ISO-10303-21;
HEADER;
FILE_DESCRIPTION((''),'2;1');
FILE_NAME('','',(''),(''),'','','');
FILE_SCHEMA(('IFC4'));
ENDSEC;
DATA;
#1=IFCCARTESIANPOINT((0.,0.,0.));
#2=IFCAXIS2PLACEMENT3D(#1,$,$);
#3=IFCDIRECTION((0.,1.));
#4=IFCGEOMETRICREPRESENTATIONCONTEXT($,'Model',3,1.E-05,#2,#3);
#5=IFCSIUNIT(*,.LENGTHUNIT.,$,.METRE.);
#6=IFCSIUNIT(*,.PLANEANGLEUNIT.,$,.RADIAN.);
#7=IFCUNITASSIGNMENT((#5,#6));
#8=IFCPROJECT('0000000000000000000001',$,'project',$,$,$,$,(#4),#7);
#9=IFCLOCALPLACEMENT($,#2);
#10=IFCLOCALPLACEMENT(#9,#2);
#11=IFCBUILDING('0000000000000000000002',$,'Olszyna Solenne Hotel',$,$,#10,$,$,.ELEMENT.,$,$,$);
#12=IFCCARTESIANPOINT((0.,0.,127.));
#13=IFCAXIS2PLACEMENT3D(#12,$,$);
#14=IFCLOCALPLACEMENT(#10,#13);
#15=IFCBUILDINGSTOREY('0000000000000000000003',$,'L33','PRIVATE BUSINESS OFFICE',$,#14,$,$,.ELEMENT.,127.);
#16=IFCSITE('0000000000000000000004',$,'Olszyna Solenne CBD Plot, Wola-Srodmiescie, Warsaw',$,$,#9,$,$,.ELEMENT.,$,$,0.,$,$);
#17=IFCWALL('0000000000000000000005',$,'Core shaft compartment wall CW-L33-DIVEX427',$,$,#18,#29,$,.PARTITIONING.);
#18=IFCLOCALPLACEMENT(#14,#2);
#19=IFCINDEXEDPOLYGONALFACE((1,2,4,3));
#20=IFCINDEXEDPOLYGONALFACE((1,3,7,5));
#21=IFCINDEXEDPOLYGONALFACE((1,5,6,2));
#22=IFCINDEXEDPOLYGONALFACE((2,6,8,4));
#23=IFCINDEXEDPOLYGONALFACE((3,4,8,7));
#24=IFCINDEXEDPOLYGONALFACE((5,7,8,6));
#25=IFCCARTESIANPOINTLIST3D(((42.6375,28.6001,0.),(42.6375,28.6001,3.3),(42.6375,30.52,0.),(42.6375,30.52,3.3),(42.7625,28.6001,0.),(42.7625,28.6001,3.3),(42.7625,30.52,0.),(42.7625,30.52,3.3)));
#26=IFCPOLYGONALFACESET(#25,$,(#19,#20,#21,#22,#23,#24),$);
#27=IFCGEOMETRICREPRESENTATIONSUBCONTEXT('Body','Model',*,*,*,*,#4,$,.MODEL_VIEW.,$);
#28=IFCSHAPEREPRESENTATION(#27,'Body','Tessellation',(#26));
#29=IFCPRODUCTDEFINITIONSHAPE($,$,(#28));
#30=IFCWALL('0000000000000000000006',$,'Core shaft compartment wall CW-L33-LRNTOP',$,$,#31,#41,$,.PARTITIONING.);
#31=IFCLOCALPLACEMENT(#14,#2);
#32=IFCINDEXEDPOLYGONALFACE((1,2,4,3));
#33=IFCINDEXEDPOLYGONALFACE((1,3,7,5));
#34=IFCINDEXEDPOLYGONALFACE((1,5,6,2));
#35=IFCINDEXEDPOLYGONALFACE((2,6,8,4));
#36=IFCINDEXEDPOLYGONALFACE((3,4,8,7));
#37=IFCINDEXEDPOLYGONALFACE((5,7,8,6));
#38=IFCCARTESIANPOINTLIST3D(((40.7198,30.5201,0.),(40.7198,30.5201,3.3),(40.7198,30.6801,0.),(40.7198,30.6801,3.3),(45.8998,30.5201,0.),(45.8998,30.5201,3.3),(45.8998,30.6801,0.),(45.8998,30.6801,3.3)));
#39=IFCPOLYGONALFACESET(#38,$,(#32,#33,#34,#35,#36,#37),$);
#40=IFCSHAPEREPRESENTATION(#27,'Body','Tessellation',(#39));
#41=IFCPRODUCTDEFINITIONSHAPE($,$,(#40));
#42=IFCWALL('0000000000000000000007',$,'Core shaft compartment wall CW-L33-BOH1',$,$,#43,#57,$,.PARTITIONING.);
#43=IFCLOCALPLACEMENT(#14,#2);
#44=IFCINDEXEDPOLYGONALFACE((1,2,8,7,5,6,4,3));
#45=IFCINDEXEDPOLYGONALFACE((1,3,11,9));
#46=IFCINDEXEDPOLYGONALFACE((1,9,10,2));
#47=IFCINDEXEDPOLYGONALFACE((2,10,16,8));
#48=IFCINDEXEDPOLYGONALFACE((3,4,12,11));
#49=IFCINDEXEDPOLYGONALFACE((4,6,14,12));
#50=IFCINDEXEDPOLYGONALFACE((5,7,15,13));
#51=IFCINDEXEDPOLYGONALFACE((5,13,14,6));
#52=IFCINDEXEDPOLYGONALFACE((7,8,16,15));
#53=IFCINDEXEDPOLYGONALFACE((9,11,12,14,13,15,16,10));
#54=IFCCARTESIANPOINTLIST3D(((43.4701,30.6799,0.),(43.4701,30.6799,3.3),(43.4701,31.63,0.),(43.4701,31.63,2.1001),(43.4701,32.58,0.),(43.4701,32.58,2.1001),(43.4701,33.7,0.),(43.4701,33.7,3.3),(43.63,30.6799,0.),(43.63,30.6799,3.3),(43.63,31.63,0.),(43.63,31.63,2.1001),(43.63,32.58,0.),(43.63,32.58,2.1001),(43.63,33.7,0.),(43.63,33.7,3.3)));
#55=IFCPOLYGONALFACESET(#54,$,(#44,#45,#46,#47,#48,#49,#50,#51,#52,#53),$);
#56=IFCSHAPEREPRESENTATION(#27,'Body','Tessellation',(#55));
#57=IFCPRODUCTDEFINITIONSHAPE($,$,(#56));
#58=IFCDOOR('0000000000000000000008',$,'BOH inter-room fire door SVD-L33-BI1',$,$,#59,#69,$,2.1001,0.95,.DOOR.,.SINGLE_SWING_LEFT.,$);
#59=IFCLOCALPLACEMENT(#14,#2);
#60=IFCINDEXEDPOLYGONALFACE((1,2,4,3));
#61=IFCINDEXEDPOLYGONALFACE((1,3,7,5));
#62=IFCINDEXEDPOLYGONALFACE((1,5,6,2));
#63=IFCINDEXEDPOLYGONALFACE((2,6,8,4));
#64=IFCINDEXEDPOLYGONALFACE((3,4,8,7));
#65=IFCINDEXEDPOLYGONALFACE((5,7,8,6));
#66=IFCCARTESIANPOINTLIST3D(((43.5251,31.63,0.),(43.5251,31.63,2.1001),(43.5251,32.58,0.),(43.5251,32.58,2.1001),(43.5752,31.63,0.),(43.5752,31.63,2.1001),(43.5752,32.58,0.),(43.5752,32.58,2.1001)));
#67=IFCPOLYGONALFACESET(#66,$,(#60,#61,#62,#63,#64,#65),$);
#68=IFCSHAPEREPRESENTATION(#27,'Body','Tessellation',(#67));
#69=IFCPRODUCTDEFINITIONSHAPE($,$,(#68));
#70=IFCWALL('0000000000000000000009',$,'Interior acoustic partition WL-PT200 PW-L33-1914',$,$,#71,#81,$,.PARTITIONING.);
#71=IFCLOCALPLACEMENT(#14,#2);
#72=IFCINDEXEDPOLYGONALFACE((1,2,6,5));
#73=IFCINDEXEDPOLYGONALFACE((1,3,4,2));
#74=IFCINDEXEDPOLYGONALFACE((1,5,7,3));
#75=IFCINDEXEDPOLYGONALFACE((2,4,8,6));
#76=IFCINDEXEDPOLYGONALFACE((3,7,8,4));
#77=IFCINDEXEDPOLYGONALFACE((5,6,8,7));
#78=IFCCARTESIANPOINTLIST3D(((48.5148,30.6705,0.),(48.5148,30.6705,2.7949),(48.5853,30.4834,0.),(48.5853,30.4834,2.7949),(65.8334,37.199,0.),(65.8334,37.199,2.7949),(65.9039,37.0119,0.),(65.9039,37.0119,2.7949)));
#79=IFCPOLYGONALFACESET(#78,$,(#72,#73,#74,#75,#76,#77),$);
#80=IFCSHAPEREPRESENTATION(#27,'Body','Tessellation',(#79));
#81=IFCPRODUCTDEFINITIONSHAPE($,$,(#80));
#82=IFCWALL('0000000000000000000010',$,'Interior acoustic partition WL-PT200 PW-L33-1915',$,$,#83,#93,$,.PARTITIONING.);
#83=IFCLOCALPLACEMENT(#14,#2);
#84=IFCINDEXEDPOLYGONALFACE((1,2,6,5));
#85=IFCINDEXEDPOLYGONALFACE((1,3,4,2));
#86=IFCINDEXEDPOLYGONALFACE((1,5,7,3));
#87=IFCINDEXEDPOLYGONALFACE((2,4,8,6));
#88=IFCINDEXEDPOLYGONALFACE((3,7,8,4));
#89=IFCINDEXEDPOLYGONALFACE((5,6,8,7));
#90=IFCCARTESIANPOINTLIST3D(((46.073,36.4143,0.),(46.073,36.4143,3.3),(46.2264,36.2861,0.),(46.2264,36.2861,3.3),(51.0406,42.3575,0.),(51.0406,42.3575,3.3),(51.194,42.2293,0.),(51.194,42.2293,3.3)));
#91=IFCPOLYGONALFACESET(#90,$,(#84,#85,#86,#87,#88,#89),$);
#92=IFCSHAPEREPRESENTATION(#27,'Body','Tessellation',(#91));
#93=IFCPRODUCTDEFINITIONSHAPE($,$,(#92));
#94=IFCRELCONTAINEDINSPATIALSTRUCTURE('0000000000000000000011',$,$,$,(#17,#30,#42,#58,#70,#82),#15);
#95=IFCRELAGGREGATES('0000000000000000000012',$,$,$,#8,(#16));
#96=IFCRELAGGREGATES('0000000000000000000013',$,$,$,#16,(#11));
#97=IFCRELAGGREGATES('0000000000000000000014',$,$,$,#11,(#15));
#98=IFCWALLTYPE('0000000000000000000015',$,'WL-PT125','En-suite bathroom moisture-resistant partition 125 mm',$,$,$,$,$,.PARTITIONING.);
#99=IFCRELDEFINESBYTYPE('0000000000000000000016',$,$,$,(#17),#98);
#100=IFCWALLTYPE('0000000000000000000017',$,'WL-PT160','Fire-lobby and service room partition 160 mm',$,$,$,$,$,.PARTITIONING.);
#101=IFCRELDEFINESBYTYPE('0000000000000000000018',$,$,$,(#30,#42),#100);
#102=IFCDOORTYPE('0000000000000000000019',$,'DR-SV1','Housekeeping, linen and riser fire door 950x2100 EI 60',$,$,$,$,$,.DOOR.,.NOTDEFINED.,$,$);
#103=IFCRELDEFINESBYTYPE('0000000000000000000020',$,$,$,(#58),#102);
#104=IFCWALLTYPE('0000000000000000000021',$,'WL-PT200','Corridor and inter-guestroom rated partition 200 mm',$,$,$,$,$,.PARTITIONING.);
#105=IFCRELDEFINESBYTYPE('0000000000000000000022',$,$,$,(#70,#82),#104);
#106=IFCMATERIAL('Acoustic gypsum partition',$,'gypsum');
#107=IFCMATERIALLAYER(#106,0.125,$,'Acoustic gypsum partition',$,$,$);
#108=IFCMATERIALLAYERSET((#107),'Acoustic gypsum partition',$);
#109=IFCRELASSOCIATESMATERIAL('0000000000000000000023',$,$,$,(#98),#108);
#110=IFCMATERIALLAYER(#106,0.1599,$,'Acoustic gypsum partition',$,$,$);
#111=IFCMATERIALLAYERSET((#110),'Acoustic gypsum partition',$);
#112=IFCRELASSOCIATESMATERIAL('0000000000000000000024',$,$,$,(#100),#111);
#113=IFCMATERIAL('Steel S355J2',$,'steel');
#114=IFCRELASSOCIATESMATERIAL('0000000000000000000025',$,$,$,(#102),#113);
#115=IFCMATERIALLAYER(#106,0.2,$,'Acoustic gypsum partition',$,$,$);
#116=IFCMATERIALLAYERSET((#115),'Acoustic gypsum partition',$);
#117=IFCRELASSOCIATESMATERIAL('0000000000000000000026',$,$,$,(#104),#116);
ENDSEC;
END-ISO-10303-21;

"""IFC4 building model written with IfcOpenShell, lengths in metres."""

from ifc_helpers import new_model, si_unit, direction, frame, frame_2d, origin, place, context, subcontext, project, spatial, rectangle, extrude, source, transform, mapped, material, layer, layer_set, type_object, type_shapes, element, fill, save


model = new_model("IFC4")

# Units and contexts
model_context = context("Model", 3, precision=1e-05, world=origin(), true_north=direction((0.0, 1.0)))
body_context = subcontext(model_context, "Body", "Model", "MODEL_VIEW")
ifc_project = project(units=[si_unit("LENGTHUNIT", "METRE"), si_unit("PLANEANGLEUNIT", "RADIAN")], contexts=[model_context])

# Site, building, storey
site_placement = place(None, origin())
site = spatial("IfcSite", under=ifc_project, at=site_placement, Name="Olszyna Solenne CBD Plot, Wola-Srodmiescie, Warsaw", CompositionType="ELEMENT", RefElevation=0.0)
building_placement = place(site_placement, origin())
building = spatial("IfcBuilding", under=site, at=building_placement, Name="Olszyna Solenne Hotel", CompositionType="ELEMENT")
storey_placement = place(building_placement, frame((0.0, 0.0, 127.0)))
storey = spatial("IfcBuildingStorey", under=building, at=storey_placement, Name="L33", Description="PRIVATE BUSINESS OFFICE", CompositionType="ELEMENT", Elevation=127.0)

# Shared definitions
ifc_material_1 = material(Name="Steel S355J2", Category="steel")

# Walls
ifc_material_2 = material(Name="Acoustic gypsum partition", Category="gypsum")
ifc_layer_1 = layer(ifc_material_2, 0.125, Name="Acoustic gypsum partition")
ifc_layer_set_1 = layer_set([ifc_layer_1], Name="Acoustic gypsum partition")
wall_type_1 = type_object("IfcWallType", Name="WL-PT125", Description="En-suite bathroom moisture-resistant partition 125 mm", PredefinedType="PARTITIONING", material=ifc_layer_set_1)
wall_1_placement = place(storey_placement, frame((42.7, 28.6001, 0.0), z_axis=(0.0, 0.0, 1.0), x_axis=(0.0, 1.0, 0.0)))
element("IfcWall", 1, at=wall_1_placement, inside=storey, type_object=wall_type_1, Name="Core shaft compartment wall CW-L33-DIVEX427", PredefinedType="PARTITIONING", context=body_context, shape_type="SweptSolid", body=[
    extrude(rectangle(XDim=1.9199, YDim=0.125, at=frame_2d((0.96, 0.0))), origin(), (0.0, 0.0, 1.0), 3.3),
])
ifc_layer_2 = layer(ifc_material_2, 0.1599, Name="Acoustic gypsum partition")
ifc_layer_set_2 = layer_set([ifc_layer_2], Name="Acoustic gypsum partition")
wall_type_2 = type_object("IfcWallType", Name="WL-PT160", Description="Fire-lobby and service room partition 160 mm", PredefinedType="PARTITIONING", material=ifc_layer_set_2)
wall_2_placement = place(storey_placement, frame((40.72, 30.6001, 0.0), z_axis=(0.0, 0.0, 1.0), x_axis=(1.0, 0.0, 0.0)))
element("IfcWall", 2, at=wall_2_placement, inside=storey, type_object=wall_type_2, Name="Core shaft compartment wall CW-L33-LRNTOP", PredefinedType="PARTITIONING", context=body_context, shape_type="SweptSolid", body=[
    extrude(rectangle(XDim=5.1799, YDim=0.1599, at=frame_2d((2.5898, 0.0))), origin(), (0.0, 0.0, 1.0), 3.3),
])

# Wall, opening, door
wall_3_placement = place(storey_placement, frame((43.55, 30.6799, 0.0), z_axis=(0.0, 0.0, 1.0), x_axis=(0.0, 1.0, 0.0)))
wall_3 = element("IfcWall", 3, at=wall_3_placement, inside=storey, type_object=wall_type_2, Name="Core shaft compartment wall CW-L33-BOH1", PredefinedType="PARTITIONING", context=body_context, shape_type="SweptSolid", body=[
    extrude(rectangle(XDim=3.02, YDim=0.1599, at=frame_2d((1.51, 0.0))), origin(), (0.0, 0.0, 1.0), 3.3),
])
opening_1_placement = place(wall_3_placement, frame((0.95, 0.0, 0.0)))
opening_1 = element("IfcOpeningElement", 4, at=opening_1_placement, cuts=wall_3, PredefinedType="OPENING", context=body_context, shape_type="SweptSolid", body=[
    extrude(rectangle(XDim=0.95, YDim=2.1001, at=frame_2d((0.4751, 1.05))), frame((0.0, 0.0898, 0.0), z_axis=(0.0, -1.0, 0.0), x_axis=(1.0, 0.0, 0.0)), (0.0, 0.0, 1.0), 0.1799),
])
door_type_1 = type_object("IfcDoorType", Name="DR-SV1", Description="Housekeeping, linen and riser fire door 950x2100 EI 60", OperationType="NOTDEFINED", PredefinedType="DOOR", material=ifc_material_1)
shared_shape_1 = source(origin(), body_context, "Body", "SweptSolid", [
    extrude(rectangle(XDim=0.95, YDim=2.1001, at=frame_2d((0.4751, 1.05))), frame((0.0, 0.0249, 0.0), z_axis=(0.0, -1.0, 0.0), x_axis=(1.0, 0.0, 0.0)), (0.0, 0.0, 1.0), 0.05),
])
type_shapes(door_type_1, [shared_shape_1])
door_1_placement = place(opening_1_placement, origin())
door_1 = element("IfcDoor", 5, at=door_1_placement, inside=storey, type_object=door_type_1, Name="BOH inter-room fire door SVD-L33-BI1", OperationType="SINGLE_SWING_LEFT", OverallHeight=2.1001, OverallWidth=0.95, PredefinedType="DOOR", context=body_context, shape_type="MappedRepresentation", body=[
    mapped(shared_shape_1, transform((0.0, 0.0, 0.0), x_axis=(1.0, 0.0, 0.0), y_axis=(0.0, 1.0, 0.0), z_axis=(0.0, 0.0, 1.0), scale=1.0)),
])
fill(opening_1, door_1)

# Walls
ifc_layer_3 = layer(ifc_material_2, 0.2, Name="Acoustic gypsum partition")
ifc_layer_set_3 = layer_set([ifc_layer_3], Name="Acoustic gypsum partition")
wall_type_3 = type_object("IfcWallType", Name="WL-PT200", Description="Corridor and inter-guestroom rated partition 200 mm", PredefinedType="PARTITIONING", material=ifc_layer_set_3)
wall_4_placement = place(storey_placement, frame((48.55, 30.5769, 0.0), z_axis=(0.0, 0.0, 1.0), x_axis=(0.935722, 0.352738, 0.0)))
element("IfcWall", 6, at=wall_4_placement, inside=storey, type_object=wall_type_3, Name="Interior acoustic partition WL-PT200 PW-L33-1914", PredefinedType="PARTITIONING", context=body_context, shape_type="SweptSolid", body=[
    extrude(rectangle(XDim=18.5083, YDim=0.2, at=frame_2d((9.2542, 0.0))), origin(), (0.0, 0.0, 1.0), 2.7949),
])
wall_5_placement = place(storey_placement, frame((46.1497, 36.3501, 0.0), z_axis=(0.0, 0.0, 1.0), x_axis=(0.641321, 0.767272, 0.0)))
element("IfcWall", 7, at=wall_5_placement, inside=storey, type_object=wall_type_3, Name="Interior acoustic partition WL-PT200 PW-L33-1915", PredefinedType="PARTITIONING", context=body_context, shape_type="SweptSolid", body=[
    extrude(rectangle(XDim=7.7458, YDim=0.2, at=frame_2d((3.873, 0.0))), origin(), (0.0, 0.0, 1.0), 3.3),
])

save(model, "model.ifc")
